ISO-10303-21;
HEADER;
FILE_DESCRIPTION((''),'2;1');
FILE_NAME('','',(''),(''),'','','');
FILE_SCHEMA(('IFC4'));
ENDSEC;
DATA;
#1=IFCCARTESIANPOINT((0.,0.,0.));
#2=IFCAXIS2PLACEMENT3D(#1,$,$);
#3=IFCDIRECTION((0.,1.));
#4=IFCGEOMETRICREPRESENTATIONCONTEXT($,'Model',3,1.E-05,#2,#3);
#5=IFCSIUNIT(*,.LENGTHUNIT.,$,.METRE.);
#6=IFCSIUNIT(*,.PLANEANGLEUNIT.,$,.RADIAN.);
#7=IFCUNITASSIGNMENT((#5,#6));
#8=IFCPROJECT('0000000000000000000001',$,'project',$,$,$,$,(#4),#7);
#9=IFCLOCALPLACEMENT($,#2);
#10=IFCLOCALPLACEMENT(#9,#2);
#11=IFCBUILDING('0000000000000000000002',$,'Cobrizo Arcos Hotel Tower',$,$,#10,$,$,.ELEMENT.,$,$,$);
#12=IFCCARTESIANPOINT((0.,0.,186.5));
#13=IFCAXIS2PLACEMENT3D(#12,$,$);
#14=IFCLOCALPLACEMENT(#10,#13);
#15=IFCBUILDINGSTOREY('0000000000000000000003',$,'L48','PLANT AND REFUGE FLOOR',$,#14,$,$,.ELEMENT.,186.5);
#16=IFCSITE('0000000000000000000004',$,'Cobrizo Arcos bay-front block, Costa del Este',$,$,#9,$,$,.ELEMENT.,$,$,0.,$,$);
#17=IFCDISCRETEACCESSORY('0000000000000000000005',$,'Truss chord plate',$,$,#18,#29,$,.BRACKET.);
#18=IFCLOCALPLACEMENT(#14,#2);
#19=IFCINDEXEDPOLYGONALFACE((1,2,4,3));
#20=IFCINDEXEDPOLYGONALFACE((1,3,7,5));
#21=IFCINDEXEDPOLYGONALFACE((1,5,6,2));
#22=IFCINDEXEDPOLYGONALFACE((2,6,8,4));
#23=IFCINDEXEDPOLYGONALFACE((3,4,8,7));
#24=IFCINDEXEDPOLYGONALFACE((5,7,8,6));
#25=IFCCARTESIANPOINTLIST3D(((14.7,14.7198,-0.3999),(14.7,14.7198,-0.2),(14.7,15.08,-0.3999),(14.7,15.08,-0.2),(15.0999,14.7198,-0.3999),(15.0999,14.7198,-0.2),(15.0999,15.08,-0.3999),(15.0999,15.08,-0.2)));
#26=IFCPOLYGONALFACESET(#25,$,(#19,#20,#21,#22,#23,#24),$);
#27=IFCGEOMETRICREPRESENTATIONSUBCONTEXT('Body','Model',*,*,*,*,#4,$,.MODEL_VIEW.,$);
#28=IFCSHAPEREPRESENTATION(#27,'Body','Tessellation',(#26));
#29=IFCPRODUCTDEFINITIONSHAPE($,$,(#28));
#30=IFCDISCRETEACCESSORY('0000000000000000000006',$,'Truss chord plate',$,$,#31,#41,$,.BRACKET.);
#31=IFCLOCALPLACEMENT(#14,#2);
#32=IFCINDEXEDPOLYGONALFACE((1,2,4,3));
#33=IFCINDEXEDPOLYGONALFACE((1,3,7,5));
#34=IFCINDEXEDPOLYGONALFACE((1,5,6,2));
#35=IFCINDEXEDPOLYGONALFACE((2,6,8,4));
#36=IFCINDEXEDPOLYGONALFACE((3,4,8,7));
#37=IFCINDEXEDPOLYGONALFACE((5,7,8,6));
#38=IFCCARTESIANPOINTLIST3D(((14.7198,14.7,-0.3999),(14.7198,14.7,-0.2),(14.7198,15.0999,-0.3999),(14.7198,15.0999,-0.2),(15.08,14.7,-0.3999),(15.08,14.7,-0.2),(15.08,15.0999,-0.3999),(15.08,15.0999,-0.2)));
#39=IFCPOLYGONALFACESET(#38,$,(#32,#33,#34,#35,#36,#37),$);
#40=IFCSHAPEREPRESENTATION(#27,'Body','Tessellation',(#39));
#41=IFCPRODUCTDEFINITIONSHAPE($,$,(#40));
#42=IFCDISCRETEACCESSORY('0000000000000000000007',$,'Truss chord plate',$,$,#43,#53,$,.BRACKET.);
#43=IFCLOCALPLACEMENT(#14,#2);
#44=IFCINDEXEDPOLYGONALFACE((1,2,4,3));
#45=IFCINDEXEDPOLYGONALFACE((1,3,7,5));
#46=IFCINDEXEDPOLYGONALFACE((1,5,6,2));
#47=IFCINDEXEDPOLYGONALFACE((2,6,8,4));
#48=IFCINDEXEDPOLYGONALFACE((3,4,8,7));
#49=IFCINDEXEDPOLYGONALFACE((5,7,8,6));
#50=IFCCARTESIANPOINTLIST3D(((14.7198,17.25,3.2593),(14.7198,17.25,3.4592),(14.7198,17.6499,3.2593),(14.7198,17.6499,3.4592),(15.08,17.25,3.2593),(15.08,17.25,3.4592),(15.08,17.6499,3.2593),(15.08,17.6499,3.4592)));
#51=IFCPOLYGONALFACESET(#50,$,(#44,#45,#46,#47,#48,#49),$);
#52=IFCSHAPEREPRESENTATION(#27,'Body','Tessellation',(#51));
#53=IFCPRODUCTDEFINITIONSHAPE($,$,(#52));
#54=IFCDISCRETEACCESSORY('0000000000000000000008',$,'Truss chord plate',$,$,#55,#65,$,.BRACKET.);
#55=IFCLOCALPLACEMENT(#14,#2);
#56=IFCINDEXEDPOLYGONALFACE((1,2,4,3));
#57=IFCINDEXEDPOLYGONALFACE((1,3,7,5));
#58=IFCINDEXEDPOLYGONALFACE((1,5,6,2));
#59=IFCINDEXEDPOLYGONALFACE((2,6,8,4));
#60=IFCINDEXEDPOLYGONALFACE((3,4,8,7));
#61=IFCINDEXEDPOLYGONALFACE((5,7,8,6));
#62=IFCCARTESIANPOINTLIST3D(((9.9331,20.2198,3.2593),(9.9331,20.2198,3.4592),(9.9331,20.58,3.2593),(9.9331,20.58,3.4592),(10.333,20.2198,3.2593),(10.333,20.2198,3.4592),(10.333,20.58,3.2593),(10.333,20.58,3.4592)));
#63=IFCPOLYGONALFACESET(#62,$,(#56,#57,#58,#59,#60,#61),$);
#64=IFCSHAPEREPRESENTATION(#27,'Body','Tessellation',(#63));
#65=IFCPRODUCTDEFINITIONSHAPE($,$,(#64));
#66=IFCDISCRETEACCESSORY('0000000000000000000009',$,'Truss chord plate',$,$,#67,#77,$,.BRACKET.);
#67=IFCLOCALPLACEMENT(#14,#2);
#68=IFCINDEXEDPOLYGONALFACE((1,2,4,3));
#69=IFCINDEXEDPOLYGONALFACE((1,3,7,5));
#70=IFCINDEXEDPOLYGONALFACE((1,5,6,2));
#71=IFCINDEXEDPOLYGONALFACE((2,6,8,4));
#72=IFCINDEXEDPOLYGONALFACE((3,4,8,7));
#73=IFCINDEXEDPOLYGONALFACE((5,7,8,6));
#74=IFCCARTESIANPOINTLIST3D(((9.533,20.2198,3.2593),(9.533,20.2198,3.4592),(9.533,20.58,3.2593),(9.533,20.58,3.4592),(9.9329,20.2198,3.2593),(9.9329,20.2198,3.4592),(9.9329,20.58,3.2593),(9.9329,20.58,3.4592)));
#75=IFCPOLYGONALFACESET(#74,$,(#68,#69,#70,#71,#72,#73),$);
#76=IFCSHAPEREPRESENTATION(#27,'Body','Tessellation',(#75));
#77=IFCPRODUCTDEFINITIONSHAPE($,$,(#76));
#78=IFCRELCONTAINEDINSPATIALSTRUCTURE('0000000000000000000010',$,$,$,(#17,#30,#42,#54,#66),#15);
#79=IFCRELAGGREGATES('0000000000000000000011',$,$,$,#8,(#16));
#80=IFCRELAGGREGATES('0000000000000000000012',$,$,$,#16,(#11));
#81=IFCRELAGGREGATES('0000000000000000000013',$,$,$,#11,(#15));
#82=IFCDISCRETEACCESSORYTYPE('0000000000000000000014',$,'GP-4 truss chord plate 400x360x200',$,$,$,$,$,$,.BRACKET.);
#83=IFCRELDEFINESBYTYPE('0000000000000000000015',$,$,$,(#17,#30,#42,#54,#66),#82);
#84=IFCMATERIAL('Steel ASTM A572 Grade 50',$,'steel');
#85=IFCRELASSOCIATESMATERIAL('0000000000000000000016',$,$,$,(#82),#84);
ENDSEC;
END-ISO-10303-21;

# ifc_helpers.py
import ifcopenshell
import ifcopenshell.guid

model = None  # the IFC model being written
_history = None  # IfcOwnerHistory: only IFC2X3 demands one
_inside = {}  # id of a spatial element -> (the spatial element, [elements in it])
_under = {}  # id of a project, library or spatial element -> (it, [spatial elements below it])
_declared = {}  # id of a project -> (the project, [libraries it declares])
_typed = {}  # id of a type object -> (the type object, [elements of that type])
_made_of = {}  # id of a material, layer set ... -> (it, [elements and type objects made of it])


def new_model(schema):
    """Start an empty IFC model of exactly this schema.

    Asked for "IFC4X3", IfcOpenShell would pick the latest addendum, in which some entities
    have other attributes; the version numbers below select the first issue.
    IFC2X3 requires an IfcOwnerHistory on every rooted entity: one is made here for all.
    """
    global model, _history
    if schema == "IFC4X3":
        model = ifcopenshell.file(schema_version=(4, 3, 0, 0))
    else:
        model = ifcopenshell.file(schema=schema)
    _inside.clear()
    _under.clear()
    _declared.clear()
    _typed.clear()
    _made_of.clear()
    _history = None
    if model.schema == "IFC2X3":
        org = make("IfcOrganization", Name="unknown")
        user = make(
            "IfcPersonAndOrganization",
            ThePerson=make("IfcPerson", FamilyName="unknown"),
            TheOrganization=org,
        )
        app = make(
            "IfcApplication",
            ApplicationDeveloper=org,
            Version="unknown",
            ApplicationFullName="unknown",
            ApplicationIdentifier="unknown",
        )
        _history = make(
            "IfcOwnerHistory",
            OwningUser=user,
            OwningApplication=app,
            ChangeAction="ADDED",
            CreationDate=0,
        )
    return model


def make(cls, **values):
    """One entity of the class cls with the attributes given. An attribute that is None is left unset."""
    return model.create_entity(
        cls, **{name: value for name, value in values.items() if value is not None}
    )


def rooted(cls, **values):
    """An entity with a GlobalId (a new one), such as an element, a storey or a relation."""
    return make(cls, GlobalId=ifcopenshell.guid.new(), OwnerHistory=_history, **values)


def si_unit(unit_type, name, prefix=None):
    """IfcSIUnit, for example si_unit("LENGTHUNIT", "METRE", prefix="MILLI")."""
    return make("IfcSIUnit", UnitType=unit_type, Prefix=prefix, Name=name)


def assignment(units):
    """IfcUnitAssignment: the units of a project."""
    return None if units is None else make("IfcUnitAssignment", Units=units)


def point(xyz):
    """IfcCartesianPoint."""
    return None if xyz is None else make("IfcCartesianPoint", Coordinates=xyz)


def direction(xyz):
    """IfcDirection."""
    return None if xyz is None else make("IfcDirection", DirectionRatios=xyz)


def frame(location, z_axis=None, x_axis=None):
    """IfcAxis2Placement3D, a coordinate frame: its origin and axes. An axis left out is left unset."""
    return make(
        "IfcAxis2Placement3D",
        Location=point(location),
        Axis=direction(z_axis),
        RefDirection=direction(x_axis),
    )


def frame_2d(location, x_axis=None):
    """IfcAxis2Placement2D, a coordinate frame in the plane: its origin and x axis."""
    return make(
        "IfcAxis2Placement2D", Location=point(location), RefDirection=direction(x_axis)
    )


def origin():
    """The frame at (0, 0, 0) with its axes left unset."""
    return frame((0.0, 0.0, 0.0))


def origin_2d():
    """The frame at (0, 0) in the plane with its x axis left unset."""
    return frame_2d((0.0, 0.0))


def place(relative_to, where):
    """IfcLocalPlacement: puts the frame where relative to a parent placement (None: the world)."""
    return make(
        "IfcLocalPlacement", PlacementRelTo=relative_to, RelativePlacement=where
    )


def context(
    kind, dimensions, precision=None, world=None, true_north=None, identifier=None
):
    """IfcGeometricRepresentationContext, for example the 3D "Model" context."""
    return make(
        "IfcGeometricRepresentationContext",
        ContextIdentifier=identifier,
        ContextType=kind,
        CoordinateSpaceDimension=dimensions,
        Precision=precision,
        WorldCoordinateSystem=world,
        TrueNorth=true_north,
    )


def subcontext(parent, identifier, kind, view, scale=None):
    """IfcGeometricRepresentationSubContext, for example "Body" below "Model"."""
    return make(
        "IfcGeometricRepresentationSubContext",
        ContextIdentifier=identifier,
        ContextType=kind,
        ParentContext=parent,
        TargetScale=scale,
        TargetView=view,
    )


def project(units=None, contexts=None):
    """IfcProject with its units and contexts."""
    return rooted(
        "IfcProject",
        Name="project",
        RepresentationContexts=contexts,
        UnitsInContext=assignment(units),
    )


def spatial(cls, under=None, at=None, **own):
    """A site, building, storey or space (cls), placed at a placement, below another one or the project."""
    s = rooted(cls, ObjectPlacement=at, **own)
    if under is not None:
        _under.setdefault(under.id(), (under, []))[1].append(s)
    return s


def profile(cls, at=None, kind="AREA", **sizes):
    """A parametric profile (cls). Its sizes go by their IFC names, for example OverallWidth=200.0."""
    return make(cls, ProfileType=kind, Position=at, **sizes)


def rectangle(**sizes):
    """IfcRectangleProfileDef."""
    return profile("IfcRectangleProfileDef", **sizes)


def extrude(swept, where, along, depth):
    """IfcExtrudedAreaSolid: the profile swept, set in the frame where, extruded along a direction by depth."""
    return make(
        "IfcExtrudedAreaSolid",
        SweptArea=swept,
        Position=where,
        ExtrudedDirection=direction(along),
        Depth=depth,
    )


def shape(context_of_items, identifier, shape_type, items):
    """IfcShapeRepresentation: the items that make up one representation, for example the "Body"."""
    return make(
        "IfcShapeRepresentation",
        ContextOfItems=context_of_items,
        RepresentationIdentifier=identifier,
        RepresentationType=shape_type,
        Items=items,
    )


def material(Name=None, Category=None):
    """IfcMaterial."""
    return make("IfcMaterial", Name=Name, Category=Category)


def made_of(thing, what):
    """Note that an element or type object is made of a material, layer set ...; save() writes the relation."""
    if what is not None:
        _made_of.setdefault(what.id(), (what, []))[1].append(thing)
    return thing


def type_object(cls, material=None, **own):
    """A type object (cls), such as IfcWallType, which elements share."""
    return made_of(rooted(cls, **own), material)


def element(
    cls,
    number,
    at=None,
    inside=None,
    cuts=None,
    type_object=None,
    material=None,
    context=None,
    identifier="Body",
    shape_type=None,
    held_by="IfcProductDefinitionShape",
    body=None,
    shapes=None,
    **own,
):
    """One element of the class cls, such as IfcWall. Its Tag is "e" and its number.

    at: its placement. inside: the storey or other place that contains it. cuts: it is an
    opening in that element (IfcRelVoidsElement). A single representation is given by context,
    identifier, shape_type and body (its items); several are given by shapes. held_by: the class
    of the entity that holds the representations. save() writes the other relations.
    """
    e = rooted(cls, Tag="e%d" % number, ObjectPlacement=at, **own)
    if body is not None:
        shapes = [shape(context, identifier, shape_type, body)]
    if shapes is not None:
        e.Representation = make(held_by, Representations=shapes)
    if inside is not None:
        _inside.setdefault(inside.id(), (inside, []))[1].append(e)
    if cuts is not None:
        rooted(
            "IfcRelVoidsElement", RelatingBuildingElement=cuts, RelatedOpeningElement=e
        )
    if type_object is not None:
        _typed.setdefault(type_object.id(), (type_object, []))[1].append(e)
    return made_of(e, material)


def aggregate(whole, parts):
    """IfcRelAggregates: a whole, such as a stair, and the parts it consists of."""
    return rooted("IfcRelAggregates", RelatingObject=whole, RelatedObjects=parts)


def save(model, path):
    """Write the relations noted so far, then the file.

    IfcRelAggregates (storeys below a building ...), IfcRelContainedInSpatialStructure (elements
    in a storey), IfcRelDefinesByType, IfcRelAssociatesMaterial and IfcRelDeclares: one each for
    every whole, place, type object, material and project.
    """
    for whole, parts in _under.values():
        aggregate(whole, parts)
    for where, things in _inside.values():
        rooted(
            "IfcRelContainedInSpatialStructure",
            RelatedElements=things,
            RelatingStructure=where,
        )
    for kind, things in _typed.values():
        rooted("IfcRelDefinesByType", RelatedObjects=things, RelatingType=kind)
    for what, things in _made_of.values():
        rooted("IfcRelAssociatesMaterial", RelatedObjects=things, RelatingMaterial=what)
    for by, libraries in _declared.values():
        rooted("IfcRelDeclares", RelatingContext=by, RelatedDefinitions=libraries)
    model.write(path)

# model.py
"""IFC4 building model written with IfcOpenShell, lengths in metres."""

from ifc_helpers import new_model, si_unit, direction, frame, origin, origin_2d, place, context, subcontext, project, spatial, rectangle, extrude, material, type_object, element, save


model = new_model("IFC4")

# Units and contexts
model_context = context("Model", 3, precision=1e-05, world=origin(), true_north=direction((0.0, 1.0)))
body_context = subcontext(model_context, "Body", "Model", "MODEL_VIEW")
ifc_project = project(units=[si_unit("LENGTHUNIT", "METRE"), si_unit("PLANEANGLEUNIT", "RADIAN")], contexts=[model_context])

# Site, building, storey
site_placement = place(None, origin())
site = spatial("IfcSite", under=ifc_project, at=site_placement, Name="Cobrizo Arcos bay-front block, Costa del Este", CompositionType="ELEMENT", RefElevation=0.0)
building_placement = place(site_placement, origin())
building = spatial("IfcBuilding", under=site, at=building_placement, Name="Cobrizo Arcos Hotel Tower", CompositionType="ELEMENT")
storey_placement = place(building_placement, frame((0.0, 0.0, 186.5)))
storey = spatial("IfcBuildingStorey", under=building, at=storey_placement, Name="L48", Description="PLANT AND REFUGE FLOOR", CompositionType="ELEMENT", Elevation=186.5)

# Shared definitions
ifc_material_1 = material(Name="Steel ASTM A572 Grade 50", Category="steel")

# Discrete accessories
discrete_accessory_type_1 = type_object("IfcDiscreteAccessoryType", Name="GP-4 truss chord plate 400x360x200", PredefinedType="BRACKET", material=ifc_material_1)
for number, where, z_axis, x_axis, name in (
    (1, (14.8999, 14.8999, -0.3999), (0.0, 0.0, 1.0), (-1.0, 0.0, 0.0), "Truss chord plate"),
    (2, (14.8999, 14.8999, -0.3999), (0.0, 0.0, 1.0), (0.0, 1.0, 0.0), "Truss chord plate"),
    (3, (14.8999, 17.45, 3.2593), (0.0, 0.0, 1.0), (0.0, 1.0, 0.0), "Truss chord plate"),
    (4, (10.1331, 20.3999, 3.2593), (0.0, 0.0, 1.0), (-1.0, 0.0, 0.0), "Truss chord plate"),
    (5, (9.7329, 20.3999, 3.2593), (0.0, 0.0, 1.0), (-1.0, 0.0, 0.0), "Truss chord plate"),
):
    element("IfcDiscreteAccessory", number, at=place(storey_placement, frame(where, z_axis=z_axis, x_axis=x_axis)), inside=storey, type_object=discrete_accessory_type_1, Name=name, PredefinedType="BRACKET", context=body_context, shape_type="SweptSolid", body=[
        extrude(rectangle(XDim=0.3999, YDim=0.3601, at=origin_2d()), origin(), (0.0, 0.0, 1.0), 0.2),
    ])

save(model, "model.ifc")
